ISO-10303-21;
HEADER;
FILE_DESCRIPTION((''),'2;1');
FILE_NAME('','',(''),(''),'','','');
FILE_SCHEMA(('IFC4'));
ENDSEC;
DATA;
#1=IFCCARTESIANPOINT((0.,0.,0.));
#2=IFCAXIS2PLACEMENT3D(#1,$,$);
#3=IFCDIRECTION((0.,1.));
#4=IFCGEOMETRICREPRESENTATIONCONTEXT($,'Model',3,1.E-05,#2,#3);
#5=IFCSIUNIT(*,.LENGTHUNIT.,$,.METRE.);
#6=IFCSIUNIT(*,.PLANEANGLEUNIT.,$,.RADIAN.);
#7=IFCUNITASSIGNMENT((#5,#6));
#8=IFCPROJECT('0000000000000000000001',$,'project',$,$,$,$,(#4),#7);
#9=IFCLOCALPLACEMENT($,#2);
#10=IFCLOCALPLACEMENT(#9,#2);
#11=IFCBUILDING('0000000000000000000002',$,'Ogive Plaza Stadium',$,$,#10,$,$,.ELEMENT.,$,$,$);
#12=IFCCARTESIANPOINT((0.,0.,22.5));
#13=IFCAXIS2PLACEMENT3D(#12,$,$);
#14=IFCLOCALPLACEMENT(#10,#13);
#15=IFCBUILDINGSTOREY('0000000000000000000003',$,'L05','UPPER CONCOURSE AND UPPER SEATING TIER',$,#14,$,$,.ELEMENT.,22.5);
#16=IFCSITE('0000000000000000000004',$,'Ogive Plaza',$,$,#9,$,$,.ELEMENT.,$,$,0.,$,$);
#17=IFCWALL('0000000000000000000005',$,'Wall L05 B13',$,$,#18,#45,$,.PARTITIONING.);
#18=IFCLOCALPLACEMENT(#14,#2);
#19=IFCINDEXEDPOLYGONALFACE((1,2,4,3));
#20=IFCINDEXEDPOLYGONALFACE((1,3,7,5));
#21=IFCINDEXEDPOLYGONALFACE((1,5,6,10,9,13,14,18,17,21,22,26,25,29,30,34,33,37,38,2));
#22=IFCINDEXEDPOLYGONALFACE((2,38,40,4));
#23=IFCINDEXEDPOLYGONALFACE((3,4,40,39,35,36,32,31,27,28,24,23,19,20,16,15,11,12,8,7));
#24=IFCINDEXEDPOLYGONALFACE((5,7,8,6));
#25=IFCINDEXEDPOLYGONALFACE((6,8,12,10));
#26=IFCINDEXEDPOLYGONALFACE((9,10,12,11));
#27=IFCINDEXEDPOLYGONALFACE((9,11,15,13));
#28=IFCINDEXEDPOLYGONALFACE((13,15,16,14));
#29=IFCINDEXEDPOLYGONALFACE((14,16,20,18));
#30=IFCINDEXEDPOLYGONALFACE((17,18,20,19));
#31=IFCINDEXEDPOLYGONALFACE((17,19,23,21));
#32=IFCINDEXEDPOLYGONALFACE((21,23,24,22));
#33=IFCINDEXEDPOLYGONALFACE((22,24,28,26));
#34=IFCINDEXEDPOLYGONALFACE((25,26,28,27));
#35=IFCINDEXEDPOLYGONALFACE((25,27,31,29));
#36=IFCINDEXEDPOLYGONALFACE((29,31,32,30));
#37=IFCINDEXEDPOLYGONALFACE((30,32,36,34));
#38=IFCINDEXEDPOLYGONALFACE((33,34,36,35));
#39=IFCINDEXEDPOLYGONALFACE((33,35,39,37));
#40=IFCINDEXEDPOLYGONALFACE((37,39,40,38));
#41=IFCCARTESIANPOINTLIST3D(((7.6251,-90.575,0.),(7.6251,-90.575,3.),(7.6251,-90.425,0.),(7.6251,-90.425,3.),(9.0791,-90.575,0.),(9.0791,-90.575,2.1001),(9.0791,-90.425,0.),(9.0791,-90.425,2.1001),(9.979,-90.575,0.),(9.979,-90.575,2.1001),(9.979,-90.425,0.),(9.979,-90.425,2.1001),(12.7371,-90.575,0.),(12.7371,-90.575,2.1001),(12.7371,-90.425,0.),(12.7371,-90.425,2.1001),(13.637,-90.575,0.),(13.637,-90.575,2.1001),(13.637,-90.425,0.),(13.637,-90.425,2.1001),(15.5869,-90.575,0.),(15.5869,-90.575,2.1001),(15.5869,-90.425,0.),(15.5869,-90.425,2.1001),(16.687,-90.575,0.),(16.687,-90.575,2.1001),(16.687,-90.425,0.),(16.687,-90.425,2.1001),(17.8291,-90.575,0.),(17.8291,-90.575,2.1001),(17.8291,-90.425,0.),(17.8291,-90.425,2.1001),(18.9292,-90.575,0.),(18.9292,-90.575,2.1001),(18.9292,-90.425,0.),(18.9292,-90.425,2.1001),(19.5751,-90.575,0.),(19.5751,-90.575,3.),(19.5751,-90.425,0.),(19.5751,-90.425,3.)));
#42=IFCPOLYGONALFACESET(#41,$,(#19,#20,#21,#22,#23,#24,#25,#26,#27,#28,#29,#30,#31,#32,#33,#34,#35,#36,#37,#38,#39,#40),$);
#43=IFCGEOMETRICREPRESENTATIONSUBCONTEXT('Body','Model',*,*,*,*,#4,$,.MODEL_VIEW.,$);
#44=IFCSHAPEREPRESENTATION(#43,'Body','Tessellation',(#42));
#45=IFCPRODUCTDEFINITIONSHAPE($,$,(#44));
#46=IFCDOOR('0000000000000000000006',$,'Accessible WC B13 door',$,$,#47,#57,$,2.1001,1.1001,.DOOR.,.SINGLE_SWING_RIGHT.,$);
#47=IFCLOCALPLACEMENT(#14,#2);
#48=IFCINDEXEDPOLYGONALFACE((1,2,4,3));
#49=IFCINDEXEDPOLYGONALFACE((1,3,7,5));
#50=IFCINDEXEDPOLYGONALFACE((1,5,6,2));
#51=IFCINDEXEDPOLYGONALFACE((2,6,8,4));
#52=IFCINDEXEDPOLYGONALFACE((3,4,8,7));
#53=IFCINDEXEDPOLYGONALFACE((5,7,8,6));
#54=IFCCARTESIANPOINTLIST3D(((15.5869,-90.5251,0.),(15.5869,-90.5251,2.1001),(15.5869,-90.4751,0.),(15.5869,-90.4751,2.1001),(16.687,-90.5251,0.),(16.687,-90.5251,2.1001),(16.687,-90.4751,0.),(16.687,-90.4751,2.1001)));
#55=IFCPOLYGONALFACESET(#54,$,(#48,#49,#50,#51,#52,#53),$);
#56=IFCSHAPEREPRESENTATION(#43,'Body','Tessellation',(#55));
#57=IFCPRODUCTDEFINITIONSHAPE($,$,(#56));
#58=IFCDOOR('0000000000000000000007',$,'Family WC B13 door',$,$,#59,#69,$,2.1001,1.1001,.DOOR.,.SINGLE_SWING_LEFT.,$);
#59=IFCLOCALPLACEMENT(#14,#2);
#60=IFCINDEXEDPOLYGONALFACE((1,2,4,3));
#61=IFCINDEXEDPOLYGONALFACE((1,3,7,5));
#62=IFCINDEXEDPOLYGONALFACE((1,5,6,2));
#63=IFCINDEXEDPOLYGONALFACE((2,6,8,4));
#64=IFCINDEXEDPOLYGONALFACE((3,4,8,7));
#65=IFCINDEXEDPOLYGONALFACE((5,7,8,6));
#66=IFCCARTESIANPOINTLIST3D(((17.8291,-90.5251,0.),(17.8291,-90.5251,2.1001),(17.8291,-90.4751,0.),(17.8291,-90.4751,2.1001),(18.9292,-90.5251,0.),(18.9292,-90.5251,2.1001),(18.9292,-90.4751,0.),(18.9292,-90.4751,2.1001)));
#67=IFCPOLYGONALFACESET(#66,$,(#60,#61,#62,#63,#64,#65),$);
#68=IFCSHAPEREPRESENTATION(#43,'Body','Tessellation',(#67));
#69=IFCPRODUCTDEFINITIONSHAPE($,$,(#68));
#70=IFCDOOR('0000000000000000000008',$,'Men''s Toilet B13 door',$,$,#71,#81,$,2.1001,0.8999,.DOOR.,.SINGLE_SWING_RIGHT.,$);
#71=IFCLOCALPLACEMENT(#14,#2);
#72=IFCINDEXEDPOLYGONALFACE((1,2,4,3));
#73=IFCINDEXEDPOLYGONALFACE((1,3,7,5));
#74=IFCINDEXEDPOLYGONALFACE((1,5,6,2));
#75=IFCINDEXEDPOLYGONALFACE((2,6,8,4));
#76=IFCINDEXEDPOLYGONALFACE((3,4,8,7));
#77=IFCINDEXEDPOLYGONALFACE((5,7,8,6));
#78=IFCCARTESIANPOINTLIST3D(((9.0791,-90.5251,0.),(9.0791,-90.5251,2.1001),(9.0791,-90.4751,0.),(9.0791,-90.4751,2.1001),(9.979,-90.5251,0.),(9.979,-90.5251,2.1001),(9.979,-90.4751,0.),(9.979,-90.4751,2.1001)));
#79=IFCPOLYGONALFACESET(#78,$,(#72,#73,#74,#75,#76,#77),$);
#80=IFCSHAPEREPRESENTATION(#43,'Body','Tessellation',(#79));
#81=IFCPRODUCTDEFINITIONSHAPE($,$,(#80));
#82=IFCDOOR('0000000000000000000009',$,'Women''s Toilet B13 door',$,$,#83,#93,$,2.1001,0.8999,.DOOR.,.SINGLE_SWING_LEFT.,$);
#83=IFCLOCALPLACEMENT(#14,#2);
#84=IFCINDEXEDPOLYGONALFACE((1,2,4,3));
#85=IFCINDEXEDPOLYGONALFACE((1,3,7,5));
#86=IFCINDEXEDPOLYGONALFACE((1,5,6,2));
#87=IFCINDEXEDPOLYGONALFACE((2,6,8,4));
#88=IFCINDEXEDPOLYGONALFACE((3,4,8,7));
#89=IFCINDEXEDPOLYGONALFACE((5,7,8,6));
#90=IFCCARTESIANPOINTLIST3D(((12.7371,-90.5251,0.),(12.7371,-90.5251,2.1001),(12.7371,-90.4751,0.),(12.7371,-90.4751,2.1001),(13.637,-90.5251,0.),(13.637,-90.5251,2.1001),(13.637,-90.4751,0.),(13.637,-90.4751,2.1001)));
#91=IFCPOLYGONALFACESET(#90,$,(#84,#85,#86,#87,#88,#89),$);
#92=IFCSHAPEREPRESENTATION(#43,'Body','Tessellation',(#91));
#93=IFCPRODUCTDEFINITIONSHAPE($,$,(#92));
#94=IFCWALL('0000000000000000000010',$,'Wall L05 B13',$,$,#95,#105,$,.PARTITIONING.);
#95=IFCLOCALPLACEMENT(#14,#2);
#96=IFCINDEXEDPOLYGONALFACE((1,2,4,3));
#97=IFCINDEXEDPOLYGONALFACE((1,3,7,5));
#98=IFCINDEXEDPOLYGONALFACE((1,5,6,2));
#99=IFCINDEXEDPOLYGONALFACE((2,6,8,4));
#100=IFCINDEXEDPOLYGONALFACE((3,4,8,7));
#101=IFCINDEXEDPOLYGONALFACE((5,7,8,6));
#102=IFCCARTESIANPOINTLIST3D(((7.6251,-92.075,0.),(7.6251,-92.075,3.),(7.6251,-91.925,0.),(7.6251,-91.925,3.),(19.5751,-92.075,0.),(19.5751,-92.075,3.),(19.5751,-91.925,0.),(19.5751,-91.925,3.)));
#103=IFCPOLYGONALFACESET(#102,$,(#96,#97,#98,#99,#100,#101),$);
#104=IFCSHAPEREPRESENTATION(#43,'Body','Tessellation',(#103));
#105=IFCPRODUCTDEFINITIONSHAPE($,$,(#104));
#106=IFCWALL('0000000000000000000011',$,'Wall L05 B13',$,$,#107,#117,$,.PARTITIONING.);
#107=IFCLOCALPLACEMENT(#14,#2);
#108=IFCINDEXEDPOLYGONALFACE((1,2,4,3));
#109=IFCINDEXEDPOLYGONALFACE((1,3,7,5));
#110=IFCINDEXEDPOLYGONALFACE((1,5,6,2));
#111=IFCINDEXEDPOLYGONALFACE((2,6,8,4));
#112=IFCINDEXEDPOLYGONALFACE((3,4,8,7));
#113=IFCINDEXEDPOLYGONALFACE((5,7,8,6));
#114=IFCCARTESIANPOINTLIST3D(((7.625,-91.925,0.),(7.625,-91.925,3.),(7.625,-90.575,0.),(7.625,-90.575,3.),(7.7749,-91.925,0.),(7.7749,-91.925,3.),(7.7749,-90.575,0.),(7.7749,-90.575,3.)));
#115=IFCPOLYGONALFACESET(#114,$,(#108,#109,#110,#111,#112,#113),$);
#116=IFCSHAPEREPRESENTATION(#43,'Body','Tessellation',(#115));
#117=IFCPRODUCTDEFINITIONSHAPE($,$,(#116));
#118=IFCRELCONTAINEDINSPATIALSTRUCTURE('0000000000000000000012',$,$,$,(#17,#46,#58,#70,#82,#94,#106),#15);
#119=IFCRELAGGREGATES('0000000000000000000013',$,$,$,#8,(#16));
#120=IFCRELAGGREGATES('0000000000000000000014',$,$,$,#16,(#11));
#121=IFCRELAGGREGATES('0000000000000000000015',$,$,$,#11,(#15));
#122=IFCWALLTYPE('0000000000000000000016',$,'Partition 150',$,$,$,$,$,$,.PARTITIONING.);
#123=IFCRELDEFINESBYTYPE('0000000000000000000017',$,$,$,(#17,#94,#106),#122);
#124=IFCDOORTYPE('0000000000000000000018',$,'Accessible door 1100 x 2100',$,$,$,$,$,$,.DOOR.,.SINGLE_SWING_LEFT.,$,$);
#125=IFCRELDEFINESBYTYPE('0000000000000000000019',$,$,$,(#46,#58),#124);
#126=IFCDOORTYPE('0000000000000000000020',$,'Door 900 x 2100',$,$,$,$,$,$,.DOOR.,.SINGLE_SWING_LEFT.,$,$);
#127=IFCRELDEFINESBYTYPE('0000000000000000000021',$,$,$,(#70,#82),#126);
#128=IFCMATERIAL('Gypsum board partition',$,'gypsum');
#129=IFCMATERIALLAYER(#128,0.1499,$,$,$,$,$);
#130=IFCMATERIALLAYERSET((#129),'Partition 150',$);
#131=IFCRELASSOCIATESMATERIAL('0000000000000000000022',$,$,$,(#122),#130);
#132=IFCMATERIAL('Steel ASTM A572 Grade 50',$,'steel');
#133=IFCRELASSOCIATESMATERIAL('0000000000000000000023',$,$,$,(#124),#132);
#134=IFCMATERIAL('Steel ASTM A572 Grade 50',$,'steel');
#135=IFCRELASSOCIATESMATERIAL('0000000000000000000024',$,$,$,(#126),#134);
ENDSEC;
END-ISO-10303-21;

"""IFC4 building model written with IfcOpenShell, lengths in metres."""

from ifc_helpers import new_model, si_unit, direction, frame, frame_2d, origin, place, context, subcontext, project, spatial, rectangle, extrude, material, layer, layer_set, type_object, element, fill, save


model = new_model("IFC4")

# Units and contexts
model_context = context("Model", 3, precision=1e-05, world=origin(), true_north=direction((0.0, 1.0)))
body_context = subcontext(model_context, "Body", "Model", "MODEL_VIEW")
ifc_project = project(units=[si_unit("LENGTHUNIT", "METRE"), si_unit("PLANEANGLEUNIT", "RADIAN")], contexts=[model_context])

# Site, building, storey
site_placement = place(None, origin())
site = spatial("IfcSite", under=ifc_project, at=site_placement, Name="Ogive Plaza", CompositionType="ELEMENT", RefElevation=0.0)
building_placement = place(site_placement, origin())
building = spatial("IfcBuilding", under=site, at=building_placement, Name="Ogive Plaza Stadium", CompositionType="ELEMENT")
storey_placement = place(building_placement, frame((0.0, 0.0, 22.5)))
storey = spatial("IfcBuildingStorey", under=building, at=storey_placement, Name="L05", Description="UPPER CONCOURSE AND UPPER SEATING TIER", CompositionType="ELEMENT", Elevation=22.5)

# Wall, openings, doors
ifc_material_1 = material(Name="Gypsum board partition", Category="gypsum")
ifc_layer_1 = layer(ifc_material_1, 0.1499)
ifc_layer_set_1 = layer_set([ifc_layer_1], Name="Partition 150")
wall_type_1 = type_object("IfcWallType", Name="Partition 150", PredefinedType="PARTITIONING", material=ifc_layer_set_1)
wall_1_placement = place(storey_placement, frame((7.625, -90.5, 0.0), z_axis=(0.0, 0.0, 1.0), x_axis=(1.0, 0.0, 0.0)))
wall_1 = element("IfcWall", 1, at=wall_1_placement, inside=storey, type_object=wall_type_1, Name="Wall L05 B13", PredefinedType="PARTITIONING", context=body_context, shape_type="SweptSolid", body=[
    extrude(rectangle(XDim=11.95, YDim=0.1499, at=frame_2d((5.9751, 0.0))), origin(), (0.0, 0.0, 1.0), 3.0),
])
opening_1_placement = place(wall_1_placement, frame((1.4541, 0.0, 0.0)))
opening_1 = element("IfcOpeningElement", 2, at=opening_1_placement, cuts=wall_1, PredefinedType="OPENING", context=body_context, shape_type="SweptSolid", body=[
    extrude(rectangle(XDim=0.8999, YDim=2.1001, at=frame_2d((0.45, 1.05))), frame((0.0, 0.075, 0.0), z_axis=(0.0, -1.0, 0.0), x_axis=(1.0, 0.0, 0.0)), (0.0, 0.0, 1.0), 0.1499),
])
opening_2_placement = place(wall_1_placement, frame((5.1121, 0.0, 0.0)))
opening_2 = element("IfcOpeningElement", 3, at=opening_2_placement, cuts=wall_1, PredefinedType="OPENING", context=body_context, shape_type="SweptSolid", body=[
    extrude(rectangle(XDim=0.8999, YDim=2.1001, at=frame_2d((0.45, 1.05))), frame((0.0, 0.075, 0.0), z_axis=(0.0, -1.0, 0.0), x_axis=(1.0, 0.0, 0.0)), (0.0, 0.0, 1.0), 0.1499),
])
opening_3_placement = place(wall_1_placement, frame((7.9619, 0.0, 0.0)))
opening_3 = element("IfcOpeningElement", 4, at=opening_3_placement, cuts=wall_1, PredefinedType="OPENING", context=body_context, shape_type="SweptSolid", body=[
    extrude(rectangle(XDim=1.1001, YDim=2.1001, at=frame_2d((0.55, 1.05))), frame((0.0, 0.075, 0.0), z_axis=(0.0, -1.0, 0.0), x_axis=(1.0, 0.0, 0.0)), (0.0, 0.0, 1.0), 0.1499),
])
opening_4_placement = place(wall_1_placement, frame((10.2041, 0.0, 0.0)))
opening_4 = element("IfcOpeningElement", 5, at=opening_4_placement, cuts=wall_1, PredefinedType="OPENING", context=body_context, shape_type="SweptSolid", body=[
    extrude(rectangle(XDim=1.1001, YDim=2.1001, at=frame_2d((0.55, 1.05))), frame((0.0, 0.075, 0.0), z_axis=(0.0, -1.0, 0.0), x_axis=(1.0, 0.0, 0.0)), (0.0, 0.0, 1.0), 0.1499),
])
ifc_material_2 = material(Name="Steel ASTM A572 Grade 50", Category="steel")
door_type_1 = type_object("IfcDoorType", Name="Accessible door 1100 x 2100", OperationType="SINGLE_SWING_LEFT", PredefinedType="DOOR", material=ifc_material_2)
door_1_placement = place(opening_3_placement, origin())
door_1 = element("IfcDoor", 6, at=door_1_placement, inside=storey, type_object=door_type_1, Name="Accessible WC B13 door", OperationType="SINGLE_SWING_RIGHT", OverallHeight=2.1001, OverallWidth=1.1001, PredefinedType="DOOR", context=body_context, shape_type="SweptSolid", body=[
    extrude(rectangle(XDim=1.1001, YDim=2.1001, at=frame_2d((0.55, 1.05))), frame((0.0, 0.0249, 0.0), z_axis=(0.0, -1.0, 0.0), x_axis=(1.0, 0.0, 0.0)), (0.0, 0.0, 1.0), 0.05),
])
fill(opening_3, door_1)
door_2_placement = place(opening_4_placement, origin())
door_2 = element("IfcDoor", 7, at=door_2_placement, inside=storey, type_object=door_type_1, Name="Family WC B13 door", OperationType="SINGLE_SWING_LEFT", OverallHeight=2.1001, OverallWidth=1.1001, PredefinedType="DOOR", context=body_context, shape_type="SweptSolid", body=[
    extrude(rectangle(XDim=1.1001, YDim=2.1001, at=frame_2d((0.55, 1.05))), frame((0.0, 0.0249, 0.0), z_axis=(0.0, -1.0, 0.0), x_axis=(1.0, 0.0, 0.0)), (0.0, 0.0, 1.0), 0.05),
])
fill(opening_4, door_2)
ifc_material_3 = material(Name="Steel ASTM A572 Grade 50", Category="steel")
door_type_2 = type_object("IfcDoorType", Name="Door 900 x 2100", OperationType="SINGLE_SWING_LEFT", PredefinedType="DOOR", material=ifc_material_3)
door_3_placement = place(opening_1_placement, origin())
door_3 = element("IfcDoor", 8, at=door_3_placement, inside=storey, type_object=door_type_2, Name="Men's Toilet B13 door", OperationType="SINGLE_SWING_RIGHT", OverallHeight=2.1001, OverallWidth=0.8999, PredefinedType="DOOR", context=body_context, shape_type="SweptSolid", body=[
    extrude(rectangle(XDim=0.8999, YDim=2.1001, at=frame_2d((0.45, 1.05))), frame((0.0, 0.0249, 0.0), z_axis=(0.0, -1.0, 0.0), x_axis=(1.0, 0.0, 0.0)), (0.0, 0.0, 1.0), 0.05),
])
fill(opening_1, door_3)
door_4_placement = place(opening_2_placement, origin())
door_4 = element("IfcDoor", 9, at=door_4_placement, inside=storey, type_object=door_type_2, Name="Women's Toilet B13 door", OperationType="SINGLE_SWING_LEFT", OverallHeight=2.1001, OverallWidth=0.8999, PredefinedType="DOOR", context=body_context, shape_type="SweptSolid", body=[
    extrude(rectangle(XDim=0.8999, YDim=2.1001, at=frame_2d((0.45, 1.05))), frame((0.0, 0.0249, 0.0), z_axis=(0.0, -1.0, 0.0), x_axis=(1.0, 0.0, 0.0)), (0.0, 0.0, 1.0), 0.05),
])
fill(opening_2, door_4)

# Walls
wall_2_placement = place(storey_placement, frame((7.625, -92.0, 0.0), z_axis=(0.0, 0.0, 1.0), x_axis=(1.0, 0.0, 0.0)))
element("IfcWall", 10, at=wall_2_placement, inside=storey, type_object=wall_type_1, Name="Wall L05 B13", PredefinedType="PARTITIONING", context=body_context, shape_type="SweptSolid", body=[
    extrude(rectangle(XDim=11.95, YDim=0.1499, at=frame_2d((5.9751, 0.0))), origin(), (0.0, 0.0, 1.0), 3.0),
])
wall_3_placement = place(storey_placement, frame((7.7, -90.575, 0.0), z_axis=(0.0, 0.0, 1.0), x_axis=(0.0, -1.0, 0.0)))
element("IfcWall", 11, at=wall_3_placement, inside=storey, type_object=wall_type_1, Name="Wall L05 B13", PredefinedType="PARTITIONING", context=body_context, shape_type="SweptSolid", body=[
    extrude(rectangle(XDim=1.3501, YDim=0.1499, at=frame_2d((0.675, 0.0))), origin(), (0.0, 0.0, 1.0), 3.0),
])

save(model, "model.ifc")
